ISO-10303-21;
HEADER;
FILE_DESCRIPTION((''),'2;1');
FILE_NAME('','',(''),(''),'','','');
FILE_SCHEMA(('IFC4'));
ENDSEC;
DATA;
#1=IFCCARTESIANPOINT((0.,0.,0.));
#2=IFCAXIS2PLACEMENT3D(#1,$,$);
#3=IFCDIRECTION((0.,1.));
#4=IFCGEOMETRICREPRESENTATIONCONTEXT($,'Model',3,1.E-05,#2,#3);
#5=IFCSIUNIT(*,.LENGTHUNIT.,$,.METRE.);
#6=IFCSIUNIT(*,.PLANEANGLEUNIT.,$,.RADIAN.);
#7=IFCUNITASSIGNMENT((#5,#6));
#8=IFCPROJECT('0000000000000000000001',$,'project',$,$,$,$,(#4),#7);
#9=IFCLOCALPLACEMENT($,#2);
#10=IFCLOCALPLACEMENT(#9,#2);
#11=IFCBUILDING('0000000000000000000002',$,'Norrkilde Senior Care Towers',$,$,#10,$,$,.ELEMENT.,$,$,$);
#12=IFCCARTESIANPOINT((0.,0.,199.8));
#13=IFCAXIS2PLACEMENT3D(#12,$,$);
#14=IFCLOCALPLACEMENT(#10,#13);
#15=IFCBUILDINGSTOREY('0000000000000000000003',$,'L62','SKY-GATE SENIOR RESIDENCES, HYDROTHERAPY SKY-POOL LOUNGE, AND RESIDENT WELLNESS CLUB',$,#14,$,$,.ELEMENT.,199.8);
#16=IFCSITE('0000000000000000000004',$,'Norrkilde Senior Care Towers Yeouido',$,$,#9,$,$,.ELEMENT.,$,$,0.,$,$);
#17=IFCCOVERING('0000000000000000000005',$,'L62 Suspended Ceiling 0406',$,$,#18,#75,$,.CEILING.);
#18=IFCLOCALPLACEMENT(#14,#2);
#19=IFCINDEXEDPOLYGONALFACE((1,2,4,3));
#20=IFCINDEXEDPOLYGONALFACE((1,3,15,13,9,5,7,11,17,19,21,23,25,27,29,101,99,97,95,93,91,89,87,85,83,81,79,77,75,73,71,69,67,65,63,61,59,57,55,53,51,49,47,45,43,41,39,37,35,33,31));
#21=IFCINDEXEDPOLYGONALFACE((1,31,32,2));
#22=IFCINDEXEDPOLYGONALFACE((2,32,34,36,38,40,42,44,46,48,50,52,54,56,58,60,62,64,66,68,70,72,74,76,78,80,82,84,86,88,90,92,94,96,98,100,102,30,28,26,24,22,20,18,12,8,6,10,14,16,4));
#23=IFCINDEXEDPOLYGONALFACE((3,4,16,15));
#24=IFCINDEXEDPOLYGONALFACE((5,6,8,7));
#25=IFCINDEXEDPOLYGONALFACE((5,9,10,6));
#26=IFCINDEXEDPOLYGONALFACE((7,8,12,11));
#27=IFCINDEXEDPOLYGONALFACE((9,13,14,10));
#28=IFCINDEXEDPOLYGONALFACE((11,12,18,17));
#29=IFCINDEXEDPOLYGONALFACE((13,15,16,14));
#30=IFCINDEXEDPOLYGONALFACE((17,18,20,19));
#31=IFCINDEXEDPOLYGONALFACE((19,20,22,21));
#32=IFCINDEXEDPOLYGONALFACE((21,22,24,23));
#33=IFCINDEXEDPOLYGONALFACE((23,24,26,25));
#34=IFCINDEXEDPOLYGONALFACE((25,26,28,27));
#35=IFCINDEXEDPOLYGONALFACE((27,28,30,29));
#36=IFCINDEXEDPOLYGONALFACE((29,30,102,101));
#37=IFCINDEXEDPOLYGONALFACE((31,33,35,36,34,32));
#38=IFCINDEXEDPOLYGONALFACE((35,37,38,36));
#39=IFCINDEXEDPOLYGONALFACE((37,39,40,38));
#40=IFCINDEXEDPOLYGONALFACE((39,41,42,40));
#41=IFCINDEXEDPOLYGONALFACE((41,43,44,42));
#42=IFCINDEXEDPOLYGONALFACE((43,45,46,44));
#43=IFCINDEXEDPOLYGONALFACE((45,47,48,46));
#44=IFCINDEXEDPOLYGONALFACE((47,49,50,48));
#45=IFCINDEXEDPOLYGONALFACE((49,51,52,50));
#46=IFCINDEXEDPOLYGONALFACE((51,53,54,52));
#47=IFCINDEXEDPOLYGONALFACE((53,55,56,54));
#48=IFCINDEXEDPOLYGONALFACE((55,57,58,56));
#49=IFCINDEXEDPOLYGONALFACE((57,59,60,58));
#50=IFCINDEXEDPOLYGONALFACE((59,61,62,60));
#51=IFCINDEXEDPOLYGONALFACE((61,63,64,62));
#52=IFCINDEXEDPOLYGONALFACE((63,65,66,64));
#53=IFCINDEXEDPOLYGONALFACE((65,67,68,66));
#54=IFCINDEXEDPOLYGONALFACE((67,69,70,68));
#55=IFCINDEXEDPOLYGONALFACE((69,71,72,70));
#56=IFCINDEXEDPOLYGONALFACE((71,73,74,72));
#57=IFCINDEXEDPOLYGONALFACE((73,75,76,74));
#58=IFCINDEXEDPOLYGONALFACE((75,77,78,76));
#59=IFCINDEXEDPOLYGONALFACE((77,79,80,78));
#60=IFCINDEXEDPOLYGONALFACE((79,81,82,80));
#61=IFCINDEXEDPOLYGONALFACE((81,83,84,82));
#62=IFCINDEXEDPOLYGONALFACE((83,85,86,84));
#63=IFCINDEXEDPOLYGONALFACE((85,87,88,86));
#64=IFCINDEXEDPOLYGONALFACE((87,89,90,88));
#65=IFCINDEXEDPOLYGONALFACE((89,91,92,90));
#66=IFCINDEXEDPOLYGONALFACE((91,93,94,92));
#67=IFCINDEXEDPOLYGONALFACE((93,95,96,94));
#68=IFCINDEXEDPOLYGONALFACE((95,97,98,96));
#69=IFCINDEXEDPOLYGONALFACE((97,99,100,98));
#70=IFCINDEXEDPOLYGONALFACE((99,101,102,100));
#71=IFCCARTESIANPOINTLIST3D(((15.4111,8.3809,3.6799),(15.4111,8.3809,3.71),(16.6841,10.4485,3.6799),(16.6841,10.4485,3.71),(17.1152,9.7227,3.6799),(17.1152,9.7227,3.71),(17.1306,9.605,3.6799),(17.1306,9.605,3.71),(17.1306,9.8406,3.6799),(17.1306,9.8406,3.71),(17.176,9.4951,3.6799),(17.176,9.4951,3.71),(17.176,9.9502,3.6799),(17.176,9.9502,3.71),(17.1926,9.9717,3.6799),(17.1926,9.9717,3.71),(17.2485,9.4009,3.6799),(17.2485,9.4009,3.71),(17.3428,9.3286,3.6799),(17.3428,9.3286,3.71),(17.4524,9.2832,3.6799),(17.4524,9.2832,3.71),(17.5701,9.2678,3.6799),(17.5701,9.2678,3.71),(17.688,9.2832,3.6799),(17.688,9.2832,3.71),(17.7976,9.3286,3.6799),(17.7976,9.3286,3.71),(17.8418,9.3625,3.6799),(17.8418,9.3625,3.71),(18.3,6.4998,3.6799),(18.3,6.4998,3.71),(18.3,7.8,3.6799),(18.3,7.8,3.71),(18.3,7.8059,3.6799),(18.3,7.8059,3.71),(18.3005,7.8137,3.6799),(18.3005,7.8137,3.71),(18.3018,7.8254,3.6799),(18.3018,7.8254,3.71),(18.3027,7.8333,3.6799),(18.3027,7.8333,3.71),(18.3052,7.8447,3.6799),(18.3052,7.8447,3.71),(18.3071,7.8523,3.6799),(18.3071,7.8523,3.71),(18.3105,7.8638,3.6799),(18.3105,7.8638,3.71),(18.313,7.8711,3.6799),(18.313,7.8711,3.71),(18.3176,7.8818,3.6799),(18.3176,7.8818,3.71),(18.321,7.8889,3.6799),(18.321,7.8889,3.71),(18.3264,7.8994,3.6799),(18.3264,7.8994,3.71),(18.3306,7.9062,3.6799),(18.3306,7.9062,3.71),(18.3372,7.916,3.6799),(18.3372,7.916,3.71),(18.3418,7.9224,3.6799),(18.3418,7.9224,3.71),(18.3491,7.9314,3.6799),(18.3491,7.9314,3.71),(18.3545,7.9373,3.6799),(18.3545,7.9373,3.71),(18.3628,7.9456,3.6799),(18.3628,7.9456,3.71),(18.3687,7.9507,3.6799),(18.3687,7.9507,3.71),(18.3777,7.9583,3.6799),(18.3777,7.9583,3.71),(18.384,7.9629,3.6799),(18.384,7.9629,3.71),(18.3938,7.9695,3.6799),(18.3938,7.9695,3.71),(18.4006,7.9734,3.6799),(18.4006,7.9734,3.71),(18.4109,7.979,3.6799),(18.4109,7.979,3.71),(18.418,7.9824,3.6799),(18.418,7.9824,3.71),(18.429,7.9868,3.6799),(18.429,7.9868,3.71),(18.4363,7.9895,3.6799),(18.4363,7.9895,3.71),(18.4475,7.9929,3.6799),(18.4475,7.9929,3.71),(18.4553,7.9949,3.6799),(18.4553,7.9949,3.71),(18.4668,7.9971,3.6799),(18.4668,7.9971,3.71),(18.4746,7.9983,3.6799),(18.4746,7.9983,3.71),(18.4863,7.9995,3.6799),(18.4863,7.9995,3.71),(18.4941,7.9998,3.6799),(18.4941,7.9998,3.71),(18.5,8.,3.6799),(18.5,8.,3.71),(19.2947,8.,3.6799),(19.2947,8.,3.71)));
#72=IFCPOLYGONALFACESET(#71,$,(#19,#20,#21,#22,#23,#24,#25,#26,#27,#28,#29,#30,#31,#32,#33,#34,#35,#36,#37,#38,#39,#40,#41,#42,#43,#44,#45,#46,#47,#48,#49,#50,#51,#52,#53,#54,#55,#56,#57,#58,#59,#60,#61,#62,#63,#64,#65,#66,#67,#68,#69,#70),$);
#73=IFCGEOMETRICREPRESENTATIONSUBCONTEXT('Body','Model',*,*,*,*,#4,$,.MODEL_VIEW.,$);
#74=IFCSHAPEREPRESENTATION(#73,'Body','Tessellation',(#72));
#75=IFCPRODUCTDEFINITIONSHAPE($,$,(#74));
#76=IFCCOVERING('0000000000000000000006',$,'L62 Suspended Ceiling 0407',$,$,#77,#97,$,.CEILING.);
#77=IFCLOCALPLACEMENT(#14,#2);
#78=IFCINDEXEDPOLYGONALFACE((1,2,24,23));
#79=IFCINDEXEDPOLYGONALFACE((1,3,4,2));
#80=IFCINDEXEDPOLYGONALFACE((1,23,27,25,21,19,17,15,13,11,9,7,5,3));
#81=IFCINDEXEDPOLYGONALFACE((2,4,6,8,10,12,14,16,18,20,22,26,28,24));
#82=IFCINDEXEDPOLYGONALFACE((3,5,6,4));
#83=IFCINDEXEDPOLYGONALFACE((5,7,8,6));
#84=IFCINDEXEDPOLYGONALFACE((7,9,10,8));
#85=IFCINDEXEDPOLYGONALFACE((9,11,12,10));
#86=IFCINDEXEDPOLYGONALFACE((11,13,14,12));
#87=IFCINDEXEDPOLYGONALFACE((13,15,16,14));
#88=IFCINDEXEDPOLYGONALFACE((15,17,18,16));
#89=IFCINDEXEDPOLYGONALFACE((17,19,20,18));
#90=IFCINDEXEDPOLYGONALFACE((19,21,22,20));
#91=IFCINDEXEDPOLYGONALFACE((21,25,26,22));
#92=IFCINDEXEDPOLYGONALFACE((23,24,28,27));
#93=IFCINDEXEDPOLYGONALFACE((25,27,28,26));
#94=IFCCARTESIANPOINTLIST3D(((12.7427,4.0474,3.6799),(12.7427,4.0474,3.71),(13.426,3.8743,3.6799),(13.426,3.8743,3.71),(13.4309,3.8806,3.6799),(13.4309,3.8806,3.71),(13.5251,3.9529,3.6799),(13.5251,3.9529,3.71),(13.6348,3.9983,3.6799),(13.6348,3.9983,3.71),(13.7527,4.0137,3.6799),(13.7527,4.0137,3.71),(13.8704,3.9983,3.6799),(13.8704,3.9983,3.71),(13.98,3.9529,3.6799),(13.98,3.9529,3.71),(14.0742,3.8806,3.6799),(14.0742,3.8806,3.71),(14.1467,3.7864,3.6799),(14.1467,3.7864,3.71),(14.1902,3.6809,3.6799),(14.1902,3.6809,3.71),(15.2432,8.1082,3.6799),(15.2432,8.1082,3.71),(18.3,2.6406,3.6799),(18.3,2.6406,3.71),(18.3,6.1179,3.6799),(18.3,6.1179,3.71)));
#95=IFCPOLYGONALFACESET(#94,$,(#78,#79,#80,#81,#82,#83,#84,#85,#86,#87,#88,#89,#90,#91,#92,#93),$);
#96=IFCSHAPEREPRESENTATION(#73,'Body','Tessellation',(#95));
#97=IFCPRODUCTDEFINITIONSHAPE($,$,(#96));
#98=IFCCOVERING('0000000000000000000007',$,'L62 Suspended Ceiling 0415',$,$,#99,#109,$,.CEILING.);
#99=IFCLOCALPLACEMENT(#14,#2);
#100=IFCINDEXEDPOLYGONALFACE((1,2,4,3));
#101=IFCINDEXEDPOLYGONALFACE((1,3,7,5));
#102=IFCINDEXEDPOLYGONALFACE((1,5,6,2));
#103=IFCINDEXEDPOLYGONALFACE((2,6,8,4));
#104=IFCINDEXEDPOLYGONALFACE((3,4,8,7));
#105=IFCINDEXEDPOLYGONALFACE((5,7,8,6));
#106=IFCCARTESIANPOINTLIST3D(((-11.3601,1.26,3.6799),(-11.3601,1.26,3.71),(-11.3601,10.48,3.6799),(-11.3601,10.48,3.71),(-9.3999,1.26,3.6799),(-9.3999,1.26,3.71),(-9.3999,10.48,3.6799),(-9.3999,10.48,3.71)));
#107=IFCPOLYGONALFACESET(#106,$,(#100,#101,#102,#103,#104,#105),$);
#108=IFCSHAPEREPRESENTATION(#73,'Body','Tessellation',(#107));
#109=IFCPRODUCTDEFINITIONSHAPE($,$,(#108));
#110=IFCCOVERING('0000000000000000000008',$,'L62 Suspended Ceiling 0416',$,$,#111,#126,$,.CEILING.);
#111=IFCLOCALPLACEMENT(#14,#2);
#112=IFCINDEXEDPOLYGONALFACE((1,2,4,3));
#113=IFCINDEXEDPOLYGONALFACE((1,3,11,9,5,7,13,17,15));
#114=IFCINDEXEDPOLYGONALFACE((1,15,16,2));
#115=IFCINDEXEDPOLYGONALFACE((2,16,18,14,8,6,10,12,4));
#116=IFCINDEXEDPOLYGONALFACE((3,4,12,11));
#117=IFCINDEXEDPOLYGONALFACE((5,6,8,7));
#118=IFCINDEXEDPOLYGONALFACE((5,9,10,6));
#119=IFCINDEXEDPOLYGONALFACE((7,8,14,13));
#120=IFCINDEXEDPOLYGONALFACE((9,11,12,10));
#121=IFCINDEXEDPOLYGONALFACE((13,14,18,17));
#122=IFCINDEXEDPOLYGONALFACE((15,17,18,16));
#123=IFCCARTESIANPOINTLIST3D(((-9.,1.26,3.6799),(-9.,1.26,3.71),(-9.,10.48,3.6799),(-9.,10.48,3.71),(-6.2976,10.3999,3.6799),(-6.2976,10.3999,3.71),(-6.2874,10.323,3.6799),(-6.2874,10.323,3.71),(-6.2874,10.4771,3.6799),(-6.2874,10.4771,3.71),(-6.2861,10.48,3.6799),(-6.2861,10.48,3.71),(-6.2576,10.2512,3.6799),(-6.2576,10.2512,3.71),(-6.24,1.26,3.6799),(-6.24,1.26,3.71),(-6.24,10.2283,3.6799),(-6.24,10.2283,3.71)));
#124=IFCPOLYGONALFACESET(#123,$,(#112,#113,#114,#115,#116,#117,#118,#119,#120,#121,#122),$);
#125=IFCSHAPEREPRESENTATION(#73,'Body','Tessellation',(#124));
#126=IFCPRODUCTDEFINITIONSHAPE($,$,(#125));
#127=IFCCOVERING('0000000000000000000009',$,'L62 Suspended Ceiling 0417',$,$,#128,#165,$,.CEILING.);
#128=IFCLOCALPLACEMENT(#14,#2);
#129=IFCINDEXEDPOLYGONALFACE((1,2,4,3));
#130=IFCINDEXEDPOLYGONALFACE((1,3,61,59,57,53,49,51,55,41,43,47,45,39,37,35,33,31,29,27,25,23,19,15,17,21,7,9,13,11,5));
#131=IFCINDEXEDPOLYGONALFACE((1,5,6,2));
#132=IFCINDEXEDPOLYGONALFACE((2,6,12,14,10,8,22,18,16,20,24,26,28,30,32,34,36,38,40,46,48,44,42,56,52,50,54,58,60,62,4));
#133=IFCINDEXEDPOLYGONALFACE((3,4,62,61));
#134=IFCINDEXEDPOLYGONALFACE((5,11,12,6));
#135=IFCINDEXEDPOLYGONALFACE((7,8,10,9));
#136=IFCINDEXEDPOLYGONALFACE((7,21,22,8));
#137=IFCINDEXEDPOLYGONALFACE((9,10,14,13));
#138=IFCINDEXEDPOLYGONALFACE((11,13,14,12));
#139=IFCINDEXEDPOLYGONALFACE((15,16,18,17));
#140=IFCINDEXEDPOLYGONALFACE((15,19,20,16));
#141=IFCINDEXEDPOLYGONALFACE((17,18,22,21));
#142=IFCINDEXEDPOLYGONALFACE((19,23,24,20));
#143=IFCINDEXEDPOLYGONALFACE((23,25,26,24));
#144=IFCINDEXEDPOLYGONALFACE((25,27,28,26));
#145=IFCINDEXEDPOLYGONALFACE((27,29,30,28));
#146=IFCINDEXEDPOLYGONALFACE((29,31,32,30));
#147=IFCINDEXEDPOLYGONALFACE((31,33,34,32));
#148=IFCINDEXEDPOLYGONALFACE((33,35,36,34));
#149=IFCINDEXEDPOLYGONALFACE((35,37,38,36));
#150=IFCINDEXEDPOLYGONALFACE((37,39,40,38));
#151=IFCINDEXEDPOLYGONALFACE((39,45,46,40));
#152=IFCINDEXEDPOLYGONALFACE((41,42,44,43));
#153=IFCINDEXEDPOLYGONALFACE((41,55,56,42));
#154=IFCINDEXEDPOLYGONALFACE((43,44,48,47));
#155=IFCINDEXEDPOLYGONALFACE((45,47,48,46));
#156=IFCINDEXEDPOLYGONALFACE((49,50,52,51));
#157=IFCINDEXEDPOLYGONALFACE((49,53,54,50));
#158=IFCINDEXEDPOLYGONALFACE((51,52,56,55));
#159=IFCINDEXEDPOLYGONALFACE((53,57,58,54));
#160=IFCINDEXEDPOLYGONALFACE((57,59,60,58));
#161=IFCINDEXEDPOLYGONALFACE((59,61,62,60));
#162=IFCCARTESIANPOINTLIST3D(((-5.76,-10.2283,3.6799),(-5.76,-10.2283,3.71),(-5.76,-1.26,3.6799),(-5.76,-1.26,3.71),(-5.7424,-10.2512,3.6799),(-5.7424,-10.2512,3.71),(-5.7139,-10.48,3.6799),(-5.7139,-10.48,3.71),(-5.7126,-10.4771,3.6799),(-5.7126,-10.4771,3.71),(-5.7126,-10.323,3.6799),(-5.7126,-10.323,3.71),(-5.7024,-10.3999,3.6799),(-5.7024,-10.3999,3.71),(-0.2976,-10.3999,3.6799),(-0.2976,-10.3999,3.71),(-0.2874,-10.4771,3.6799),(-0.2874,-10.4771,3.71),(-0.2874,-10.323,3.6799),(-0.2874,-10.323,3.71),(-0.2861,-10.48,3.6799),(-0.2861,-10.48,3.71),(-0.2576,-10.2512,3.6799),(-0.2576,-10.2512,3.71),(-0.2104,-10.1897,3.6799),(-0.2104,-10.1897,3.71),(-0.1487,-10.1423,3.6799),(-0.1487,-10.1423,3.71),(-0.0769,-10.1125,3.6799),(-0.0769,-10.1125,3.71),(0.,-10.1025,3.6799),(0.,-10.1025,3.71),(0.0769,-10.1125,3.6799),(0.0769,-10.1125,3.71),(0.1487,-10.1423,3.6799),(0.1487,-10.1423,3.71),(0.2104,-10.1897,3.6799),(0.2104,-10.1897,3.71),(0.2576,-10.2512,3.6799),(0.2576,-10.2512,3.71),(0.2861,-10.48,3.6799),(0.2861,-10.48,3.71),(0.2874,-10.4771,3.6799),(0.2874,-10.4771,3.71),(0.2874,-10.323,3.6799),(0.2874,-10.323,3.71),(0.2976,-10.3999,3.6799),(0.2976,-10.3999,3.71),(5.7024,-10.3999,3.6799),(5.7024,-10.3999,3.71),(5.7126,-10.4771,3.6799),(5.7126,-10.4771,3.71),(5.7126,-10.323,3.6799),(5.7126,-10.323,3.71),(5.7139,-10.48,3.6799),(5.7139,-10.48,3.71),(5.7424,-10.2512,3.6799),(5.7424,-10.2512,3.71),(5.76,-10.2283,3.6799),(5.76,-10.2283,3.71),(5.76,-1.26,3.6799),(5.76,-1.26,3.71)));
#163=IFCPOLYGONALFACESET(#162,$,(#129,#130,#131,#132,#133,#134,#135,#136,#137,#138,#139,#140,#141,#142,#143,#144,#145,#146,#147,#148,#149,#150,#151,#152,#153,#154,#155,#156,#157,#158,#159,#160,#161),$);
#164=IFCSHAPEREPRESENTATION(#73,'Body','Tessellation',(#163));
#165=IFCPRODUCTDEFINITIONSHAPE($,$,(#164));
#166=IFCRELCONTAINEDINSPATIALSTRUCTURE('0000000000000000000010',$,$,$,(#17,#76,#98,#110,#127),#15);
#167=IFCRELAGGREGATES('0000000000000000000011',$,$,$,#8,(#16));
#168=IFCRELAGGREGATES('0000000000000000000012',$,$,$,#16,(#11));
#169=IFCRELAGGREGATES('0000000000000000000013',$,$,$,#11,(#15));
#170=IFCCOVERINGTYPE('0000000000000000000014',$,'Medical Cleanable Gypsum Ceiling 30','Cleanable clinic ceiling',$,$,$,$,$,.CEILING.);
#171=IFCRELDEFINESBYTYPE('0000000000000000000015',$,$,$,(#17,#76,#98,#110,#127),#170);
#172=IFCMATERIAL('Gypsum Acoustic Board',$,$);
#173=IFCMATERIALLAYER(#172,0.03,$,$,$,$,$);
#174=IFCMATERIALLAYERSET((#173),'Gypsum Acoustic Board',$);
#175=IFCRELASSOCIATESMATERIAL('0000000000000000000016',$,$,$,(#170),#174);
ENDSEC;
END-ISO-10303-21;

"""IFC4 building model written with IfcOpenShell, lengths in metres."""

from ifc_helpers import new_model, si_unit, direction, frame, origin, place, context, subcontext, project, spatial, polyline, outline, extrude, material, layer, layer_set, type_object, element, save


model = new_model("IFC4")

# Units and contexts
model_context = context("Model", 3, precision=1e-05, world=origin(), true_north=direction((0.0, 1.0)))
body_context = subcontext(model_context, "Body", "Model", "MODEL_VIEW")
ifc_project = project(units=[si_unit("LENGTHUNIT", "METRE"), si_unit("PLANEANGLEUNIT", "RADIAN")], contexts=[model_context])

# Site, building, storey
site_placement = place(None, origin())
site = spatial("IfcSite", under=ifc_project, at=site_placement, Name="Norrkilde Senior Care Towers Yeouido", CompositionType="ELEMENT", RefElevation=0.0)
building_placement = place(site_placement, origin())
building = spatial("IfcBuilding", under=site, at=building_placement, Name="Norrkilde Senior Care Towers", CompositionType="ELEMENT")
storey_placement = place(building_placement, frame((0.0, 0.0, 199.8)))
storey = spatial("IfcBuildingStorey", under=building, at=storey_placement, Name="L62", Description="SKY-GATE SENIOR RESIDENCES, HYDROTHERAPY SKY-POOL LOUNGE, AND RESIDENT WELLNESS CLUB", CompositionType="ELEMENT", Elevation=199.8)

# Coverings
ifc_material_1 = material(Name="Gypsum Acoustic Board")
ifc_layer_1 = layer(ifc_material_1, 0.03)
ifc_layer_set_1 = layer_set([ifc_layer_1], Name="Gypsum Acoustic Board")
covering_type_1 = type_object("IfcCoveringType", Name="Medical Cleanable Gypsum Ceiling 30", Description="Cleanable clinic ceiling", PredefinedType="CEILING", material=ifc_layer_set_1)
covering_1_placement = place(storey_placement, frame((0.0, 0.0, 3.6799)))
element("IfcCovering", 1, at=covering_1_placement, inside=storey, type_object=covering_type_1, Name="L62 Suspended Ceiling 0406", PredefinedType="CEILING", context=body_context, shape_type="SweptSolid", body=[
    extrude(outline(polyline([(18.4746, 7.9983), (18.4668, 7.9971), (18.4553, 7.9949), (18.4475, 7.9929), (18.4363, 7.9895), (18.429, 7.9868), (18.418, 7.9824), (18.4109, 7.979), (18.4006, 7.9734), (18.3938, 7.9695), (18.384, 7.9629), (18.3777, 7.9583), (18.3687, 7.9507), (18.3628, 7.9456), (18.3545, 7.9373), (18.3491, 7.9314), (18.3418, 7.9224), (18.3372, 7.916), (18.3306, 7.9062), (18.3264, 7.8994), (18.321, 7.8889), (18.3176, 7.8818), (18.313, 7.8711), (18.3105, 7.8638), (18.3071, 7.8523), (18.3052, 7.8447), (18.3027, 7.8333), (18.3018, 7.8254), (18.3005, 7.8137), (18.3, 7.8059), (18.3, 7.8), (18.3, 6.4998), (15.4111, 8.3809), (16.6841, 10.4485), (17.1926, 9.9717), (17.176, 9.9502), (17.1306, 9.8406), (17.1152, 9.7227), (17.1306, 9.605), (17.176, 9.4951), (17.2485, 9.4009), (17.3428, 9.3286), (17.4524, 9.2832), (17.5701, 9.2678), (17.688, 9.2832), (17.7976, 9.3286), (17.8418, 9.3625), (19.2947, 8.0), (18.5, 8.0), (18.4941, 7.9998), (18.4863, 7.9995), (18.4746, 7.9983)])), origin(), (0.0, 0.0, 1.0), 0.03),
])
covering_2_placement = place(storey_placement, frame((0.0, 0.0, 3.6799)))
element("IfcCovering", 2, at=covering_2_placement, inside=storey, type_object=covering_type_1, Name="L62 Suspended Ceiling 0407", PredefinedType="CEILING", context=body_context, shape_type="SweptSolid", body=[
    extrude(outline(polyline([(15.2432, 8.1082), (18.3, 6.1179), (18.3, 2.6406), (14.1902, 3.6809), (14.1467, 3.7864), (14.0742, 3.8806), (13.98, 3.9529), (13.8704, 3.9983), (13.7527, 4.0137), (13.6348, 3.9983), (13.5251, 3.9529), (13.4309, 3.8806), (13.426, 3.8743), (12.7427, 4.0474), (15.2432, 8.1082)])), origin(), (0.0, 0.0, 1.0), 0.03),
])
covering_3_placement = place(storey_placement, frame((0.0, 0.0, 3.6799)))
element("IfcCovering", 3, at=covering_3_placement, inside=storey, type_object=covering_type_1, Name="L62 Suspended Ceiling 0415", PredefinedType="CEILING", context=body_context, shape_type="SweptSolid", body=[
    extrude(outline(polyline([(-11.3601, 1.26), (-11.3601, 10.48), (-9.3999, 10.48), (-9.3999, 1.26), (-11.3601, 1.26)])), origin(), (0.0, 0.0, 1.0), 0.03),
])
covering_4_placement = place(storey_placement, frame((0.0, 0.0, 3.6799)))
element("IfcCovering", 4, at=covering_4_placement, inside=storey, type_object=covering_type_1, Name="L62 Suspended Ceiling 0416", PredefinedType="CEILING", context=body_context, shape_type="SweptSolid", body=[
    extrude(outline(polyline([(-9.0, 10.48), (-6.2861, 10.48), (-6.2874, 10.4771), (-6.2976, 10.3999), (-6.2874, 10.323), (-6.2576, 10.2512), (-6.24, 10.2283), (-6.24, 1.26), (-9.0, 1.26), (-9.0, 10.48)])), origin(), (0.0, 0.0, 1.0), 0.03),
])
covering_5_placement = place(storey_placement, frame((0.0, 0.0, 3.6799)))
element("IfcCovering", 5, at=covering_5_placement, inside=storey, type_object=covering_type_1, Name="L62 Suspended Ceiling 0417", PredefinedType="CEILING", context=body_context, shape_type="SweptSolid", body=[
    extrude(outline(polyline([(5.76, -10.2283), (5.7424, -10.2512), (5.7126, -10.323), (5.7024, -10.3999), (5.7126, -10.4771), (5.7139, -10.48), (0.2861, -10.48), (0.2874, -10.4771), (0.2976, -10.3999), (0.2874, -10.323), (0.2576, -10.2512), (0.2104, -10.1897), (0.1487, -10.1423), (0.0769, -10.1125), (0.0, -10.1025), (-0.0769, -10.1125), (-0.1487, -10.1423), (-0.2104, -10.1897), (-0.2576, -10.2512), (-0.2874, -10.323), (-0.2976, -10.3999), (-0.2874, -10.4771), (-0.2861, -10.48), (-5.7139, -10.48), (-5.7126, -10.4771), (-5.7024, -10.3999), (-5.7126, -10.323), (-5.7424, -10.2512), (-5.76, -10.2283), (-5.76, -1.26), (5.76, -1.26), (5.76, -10.2283)])), origin(), (0.0, 0.0, 1.0), 0.03),
])

save(model, "model.ifc")
